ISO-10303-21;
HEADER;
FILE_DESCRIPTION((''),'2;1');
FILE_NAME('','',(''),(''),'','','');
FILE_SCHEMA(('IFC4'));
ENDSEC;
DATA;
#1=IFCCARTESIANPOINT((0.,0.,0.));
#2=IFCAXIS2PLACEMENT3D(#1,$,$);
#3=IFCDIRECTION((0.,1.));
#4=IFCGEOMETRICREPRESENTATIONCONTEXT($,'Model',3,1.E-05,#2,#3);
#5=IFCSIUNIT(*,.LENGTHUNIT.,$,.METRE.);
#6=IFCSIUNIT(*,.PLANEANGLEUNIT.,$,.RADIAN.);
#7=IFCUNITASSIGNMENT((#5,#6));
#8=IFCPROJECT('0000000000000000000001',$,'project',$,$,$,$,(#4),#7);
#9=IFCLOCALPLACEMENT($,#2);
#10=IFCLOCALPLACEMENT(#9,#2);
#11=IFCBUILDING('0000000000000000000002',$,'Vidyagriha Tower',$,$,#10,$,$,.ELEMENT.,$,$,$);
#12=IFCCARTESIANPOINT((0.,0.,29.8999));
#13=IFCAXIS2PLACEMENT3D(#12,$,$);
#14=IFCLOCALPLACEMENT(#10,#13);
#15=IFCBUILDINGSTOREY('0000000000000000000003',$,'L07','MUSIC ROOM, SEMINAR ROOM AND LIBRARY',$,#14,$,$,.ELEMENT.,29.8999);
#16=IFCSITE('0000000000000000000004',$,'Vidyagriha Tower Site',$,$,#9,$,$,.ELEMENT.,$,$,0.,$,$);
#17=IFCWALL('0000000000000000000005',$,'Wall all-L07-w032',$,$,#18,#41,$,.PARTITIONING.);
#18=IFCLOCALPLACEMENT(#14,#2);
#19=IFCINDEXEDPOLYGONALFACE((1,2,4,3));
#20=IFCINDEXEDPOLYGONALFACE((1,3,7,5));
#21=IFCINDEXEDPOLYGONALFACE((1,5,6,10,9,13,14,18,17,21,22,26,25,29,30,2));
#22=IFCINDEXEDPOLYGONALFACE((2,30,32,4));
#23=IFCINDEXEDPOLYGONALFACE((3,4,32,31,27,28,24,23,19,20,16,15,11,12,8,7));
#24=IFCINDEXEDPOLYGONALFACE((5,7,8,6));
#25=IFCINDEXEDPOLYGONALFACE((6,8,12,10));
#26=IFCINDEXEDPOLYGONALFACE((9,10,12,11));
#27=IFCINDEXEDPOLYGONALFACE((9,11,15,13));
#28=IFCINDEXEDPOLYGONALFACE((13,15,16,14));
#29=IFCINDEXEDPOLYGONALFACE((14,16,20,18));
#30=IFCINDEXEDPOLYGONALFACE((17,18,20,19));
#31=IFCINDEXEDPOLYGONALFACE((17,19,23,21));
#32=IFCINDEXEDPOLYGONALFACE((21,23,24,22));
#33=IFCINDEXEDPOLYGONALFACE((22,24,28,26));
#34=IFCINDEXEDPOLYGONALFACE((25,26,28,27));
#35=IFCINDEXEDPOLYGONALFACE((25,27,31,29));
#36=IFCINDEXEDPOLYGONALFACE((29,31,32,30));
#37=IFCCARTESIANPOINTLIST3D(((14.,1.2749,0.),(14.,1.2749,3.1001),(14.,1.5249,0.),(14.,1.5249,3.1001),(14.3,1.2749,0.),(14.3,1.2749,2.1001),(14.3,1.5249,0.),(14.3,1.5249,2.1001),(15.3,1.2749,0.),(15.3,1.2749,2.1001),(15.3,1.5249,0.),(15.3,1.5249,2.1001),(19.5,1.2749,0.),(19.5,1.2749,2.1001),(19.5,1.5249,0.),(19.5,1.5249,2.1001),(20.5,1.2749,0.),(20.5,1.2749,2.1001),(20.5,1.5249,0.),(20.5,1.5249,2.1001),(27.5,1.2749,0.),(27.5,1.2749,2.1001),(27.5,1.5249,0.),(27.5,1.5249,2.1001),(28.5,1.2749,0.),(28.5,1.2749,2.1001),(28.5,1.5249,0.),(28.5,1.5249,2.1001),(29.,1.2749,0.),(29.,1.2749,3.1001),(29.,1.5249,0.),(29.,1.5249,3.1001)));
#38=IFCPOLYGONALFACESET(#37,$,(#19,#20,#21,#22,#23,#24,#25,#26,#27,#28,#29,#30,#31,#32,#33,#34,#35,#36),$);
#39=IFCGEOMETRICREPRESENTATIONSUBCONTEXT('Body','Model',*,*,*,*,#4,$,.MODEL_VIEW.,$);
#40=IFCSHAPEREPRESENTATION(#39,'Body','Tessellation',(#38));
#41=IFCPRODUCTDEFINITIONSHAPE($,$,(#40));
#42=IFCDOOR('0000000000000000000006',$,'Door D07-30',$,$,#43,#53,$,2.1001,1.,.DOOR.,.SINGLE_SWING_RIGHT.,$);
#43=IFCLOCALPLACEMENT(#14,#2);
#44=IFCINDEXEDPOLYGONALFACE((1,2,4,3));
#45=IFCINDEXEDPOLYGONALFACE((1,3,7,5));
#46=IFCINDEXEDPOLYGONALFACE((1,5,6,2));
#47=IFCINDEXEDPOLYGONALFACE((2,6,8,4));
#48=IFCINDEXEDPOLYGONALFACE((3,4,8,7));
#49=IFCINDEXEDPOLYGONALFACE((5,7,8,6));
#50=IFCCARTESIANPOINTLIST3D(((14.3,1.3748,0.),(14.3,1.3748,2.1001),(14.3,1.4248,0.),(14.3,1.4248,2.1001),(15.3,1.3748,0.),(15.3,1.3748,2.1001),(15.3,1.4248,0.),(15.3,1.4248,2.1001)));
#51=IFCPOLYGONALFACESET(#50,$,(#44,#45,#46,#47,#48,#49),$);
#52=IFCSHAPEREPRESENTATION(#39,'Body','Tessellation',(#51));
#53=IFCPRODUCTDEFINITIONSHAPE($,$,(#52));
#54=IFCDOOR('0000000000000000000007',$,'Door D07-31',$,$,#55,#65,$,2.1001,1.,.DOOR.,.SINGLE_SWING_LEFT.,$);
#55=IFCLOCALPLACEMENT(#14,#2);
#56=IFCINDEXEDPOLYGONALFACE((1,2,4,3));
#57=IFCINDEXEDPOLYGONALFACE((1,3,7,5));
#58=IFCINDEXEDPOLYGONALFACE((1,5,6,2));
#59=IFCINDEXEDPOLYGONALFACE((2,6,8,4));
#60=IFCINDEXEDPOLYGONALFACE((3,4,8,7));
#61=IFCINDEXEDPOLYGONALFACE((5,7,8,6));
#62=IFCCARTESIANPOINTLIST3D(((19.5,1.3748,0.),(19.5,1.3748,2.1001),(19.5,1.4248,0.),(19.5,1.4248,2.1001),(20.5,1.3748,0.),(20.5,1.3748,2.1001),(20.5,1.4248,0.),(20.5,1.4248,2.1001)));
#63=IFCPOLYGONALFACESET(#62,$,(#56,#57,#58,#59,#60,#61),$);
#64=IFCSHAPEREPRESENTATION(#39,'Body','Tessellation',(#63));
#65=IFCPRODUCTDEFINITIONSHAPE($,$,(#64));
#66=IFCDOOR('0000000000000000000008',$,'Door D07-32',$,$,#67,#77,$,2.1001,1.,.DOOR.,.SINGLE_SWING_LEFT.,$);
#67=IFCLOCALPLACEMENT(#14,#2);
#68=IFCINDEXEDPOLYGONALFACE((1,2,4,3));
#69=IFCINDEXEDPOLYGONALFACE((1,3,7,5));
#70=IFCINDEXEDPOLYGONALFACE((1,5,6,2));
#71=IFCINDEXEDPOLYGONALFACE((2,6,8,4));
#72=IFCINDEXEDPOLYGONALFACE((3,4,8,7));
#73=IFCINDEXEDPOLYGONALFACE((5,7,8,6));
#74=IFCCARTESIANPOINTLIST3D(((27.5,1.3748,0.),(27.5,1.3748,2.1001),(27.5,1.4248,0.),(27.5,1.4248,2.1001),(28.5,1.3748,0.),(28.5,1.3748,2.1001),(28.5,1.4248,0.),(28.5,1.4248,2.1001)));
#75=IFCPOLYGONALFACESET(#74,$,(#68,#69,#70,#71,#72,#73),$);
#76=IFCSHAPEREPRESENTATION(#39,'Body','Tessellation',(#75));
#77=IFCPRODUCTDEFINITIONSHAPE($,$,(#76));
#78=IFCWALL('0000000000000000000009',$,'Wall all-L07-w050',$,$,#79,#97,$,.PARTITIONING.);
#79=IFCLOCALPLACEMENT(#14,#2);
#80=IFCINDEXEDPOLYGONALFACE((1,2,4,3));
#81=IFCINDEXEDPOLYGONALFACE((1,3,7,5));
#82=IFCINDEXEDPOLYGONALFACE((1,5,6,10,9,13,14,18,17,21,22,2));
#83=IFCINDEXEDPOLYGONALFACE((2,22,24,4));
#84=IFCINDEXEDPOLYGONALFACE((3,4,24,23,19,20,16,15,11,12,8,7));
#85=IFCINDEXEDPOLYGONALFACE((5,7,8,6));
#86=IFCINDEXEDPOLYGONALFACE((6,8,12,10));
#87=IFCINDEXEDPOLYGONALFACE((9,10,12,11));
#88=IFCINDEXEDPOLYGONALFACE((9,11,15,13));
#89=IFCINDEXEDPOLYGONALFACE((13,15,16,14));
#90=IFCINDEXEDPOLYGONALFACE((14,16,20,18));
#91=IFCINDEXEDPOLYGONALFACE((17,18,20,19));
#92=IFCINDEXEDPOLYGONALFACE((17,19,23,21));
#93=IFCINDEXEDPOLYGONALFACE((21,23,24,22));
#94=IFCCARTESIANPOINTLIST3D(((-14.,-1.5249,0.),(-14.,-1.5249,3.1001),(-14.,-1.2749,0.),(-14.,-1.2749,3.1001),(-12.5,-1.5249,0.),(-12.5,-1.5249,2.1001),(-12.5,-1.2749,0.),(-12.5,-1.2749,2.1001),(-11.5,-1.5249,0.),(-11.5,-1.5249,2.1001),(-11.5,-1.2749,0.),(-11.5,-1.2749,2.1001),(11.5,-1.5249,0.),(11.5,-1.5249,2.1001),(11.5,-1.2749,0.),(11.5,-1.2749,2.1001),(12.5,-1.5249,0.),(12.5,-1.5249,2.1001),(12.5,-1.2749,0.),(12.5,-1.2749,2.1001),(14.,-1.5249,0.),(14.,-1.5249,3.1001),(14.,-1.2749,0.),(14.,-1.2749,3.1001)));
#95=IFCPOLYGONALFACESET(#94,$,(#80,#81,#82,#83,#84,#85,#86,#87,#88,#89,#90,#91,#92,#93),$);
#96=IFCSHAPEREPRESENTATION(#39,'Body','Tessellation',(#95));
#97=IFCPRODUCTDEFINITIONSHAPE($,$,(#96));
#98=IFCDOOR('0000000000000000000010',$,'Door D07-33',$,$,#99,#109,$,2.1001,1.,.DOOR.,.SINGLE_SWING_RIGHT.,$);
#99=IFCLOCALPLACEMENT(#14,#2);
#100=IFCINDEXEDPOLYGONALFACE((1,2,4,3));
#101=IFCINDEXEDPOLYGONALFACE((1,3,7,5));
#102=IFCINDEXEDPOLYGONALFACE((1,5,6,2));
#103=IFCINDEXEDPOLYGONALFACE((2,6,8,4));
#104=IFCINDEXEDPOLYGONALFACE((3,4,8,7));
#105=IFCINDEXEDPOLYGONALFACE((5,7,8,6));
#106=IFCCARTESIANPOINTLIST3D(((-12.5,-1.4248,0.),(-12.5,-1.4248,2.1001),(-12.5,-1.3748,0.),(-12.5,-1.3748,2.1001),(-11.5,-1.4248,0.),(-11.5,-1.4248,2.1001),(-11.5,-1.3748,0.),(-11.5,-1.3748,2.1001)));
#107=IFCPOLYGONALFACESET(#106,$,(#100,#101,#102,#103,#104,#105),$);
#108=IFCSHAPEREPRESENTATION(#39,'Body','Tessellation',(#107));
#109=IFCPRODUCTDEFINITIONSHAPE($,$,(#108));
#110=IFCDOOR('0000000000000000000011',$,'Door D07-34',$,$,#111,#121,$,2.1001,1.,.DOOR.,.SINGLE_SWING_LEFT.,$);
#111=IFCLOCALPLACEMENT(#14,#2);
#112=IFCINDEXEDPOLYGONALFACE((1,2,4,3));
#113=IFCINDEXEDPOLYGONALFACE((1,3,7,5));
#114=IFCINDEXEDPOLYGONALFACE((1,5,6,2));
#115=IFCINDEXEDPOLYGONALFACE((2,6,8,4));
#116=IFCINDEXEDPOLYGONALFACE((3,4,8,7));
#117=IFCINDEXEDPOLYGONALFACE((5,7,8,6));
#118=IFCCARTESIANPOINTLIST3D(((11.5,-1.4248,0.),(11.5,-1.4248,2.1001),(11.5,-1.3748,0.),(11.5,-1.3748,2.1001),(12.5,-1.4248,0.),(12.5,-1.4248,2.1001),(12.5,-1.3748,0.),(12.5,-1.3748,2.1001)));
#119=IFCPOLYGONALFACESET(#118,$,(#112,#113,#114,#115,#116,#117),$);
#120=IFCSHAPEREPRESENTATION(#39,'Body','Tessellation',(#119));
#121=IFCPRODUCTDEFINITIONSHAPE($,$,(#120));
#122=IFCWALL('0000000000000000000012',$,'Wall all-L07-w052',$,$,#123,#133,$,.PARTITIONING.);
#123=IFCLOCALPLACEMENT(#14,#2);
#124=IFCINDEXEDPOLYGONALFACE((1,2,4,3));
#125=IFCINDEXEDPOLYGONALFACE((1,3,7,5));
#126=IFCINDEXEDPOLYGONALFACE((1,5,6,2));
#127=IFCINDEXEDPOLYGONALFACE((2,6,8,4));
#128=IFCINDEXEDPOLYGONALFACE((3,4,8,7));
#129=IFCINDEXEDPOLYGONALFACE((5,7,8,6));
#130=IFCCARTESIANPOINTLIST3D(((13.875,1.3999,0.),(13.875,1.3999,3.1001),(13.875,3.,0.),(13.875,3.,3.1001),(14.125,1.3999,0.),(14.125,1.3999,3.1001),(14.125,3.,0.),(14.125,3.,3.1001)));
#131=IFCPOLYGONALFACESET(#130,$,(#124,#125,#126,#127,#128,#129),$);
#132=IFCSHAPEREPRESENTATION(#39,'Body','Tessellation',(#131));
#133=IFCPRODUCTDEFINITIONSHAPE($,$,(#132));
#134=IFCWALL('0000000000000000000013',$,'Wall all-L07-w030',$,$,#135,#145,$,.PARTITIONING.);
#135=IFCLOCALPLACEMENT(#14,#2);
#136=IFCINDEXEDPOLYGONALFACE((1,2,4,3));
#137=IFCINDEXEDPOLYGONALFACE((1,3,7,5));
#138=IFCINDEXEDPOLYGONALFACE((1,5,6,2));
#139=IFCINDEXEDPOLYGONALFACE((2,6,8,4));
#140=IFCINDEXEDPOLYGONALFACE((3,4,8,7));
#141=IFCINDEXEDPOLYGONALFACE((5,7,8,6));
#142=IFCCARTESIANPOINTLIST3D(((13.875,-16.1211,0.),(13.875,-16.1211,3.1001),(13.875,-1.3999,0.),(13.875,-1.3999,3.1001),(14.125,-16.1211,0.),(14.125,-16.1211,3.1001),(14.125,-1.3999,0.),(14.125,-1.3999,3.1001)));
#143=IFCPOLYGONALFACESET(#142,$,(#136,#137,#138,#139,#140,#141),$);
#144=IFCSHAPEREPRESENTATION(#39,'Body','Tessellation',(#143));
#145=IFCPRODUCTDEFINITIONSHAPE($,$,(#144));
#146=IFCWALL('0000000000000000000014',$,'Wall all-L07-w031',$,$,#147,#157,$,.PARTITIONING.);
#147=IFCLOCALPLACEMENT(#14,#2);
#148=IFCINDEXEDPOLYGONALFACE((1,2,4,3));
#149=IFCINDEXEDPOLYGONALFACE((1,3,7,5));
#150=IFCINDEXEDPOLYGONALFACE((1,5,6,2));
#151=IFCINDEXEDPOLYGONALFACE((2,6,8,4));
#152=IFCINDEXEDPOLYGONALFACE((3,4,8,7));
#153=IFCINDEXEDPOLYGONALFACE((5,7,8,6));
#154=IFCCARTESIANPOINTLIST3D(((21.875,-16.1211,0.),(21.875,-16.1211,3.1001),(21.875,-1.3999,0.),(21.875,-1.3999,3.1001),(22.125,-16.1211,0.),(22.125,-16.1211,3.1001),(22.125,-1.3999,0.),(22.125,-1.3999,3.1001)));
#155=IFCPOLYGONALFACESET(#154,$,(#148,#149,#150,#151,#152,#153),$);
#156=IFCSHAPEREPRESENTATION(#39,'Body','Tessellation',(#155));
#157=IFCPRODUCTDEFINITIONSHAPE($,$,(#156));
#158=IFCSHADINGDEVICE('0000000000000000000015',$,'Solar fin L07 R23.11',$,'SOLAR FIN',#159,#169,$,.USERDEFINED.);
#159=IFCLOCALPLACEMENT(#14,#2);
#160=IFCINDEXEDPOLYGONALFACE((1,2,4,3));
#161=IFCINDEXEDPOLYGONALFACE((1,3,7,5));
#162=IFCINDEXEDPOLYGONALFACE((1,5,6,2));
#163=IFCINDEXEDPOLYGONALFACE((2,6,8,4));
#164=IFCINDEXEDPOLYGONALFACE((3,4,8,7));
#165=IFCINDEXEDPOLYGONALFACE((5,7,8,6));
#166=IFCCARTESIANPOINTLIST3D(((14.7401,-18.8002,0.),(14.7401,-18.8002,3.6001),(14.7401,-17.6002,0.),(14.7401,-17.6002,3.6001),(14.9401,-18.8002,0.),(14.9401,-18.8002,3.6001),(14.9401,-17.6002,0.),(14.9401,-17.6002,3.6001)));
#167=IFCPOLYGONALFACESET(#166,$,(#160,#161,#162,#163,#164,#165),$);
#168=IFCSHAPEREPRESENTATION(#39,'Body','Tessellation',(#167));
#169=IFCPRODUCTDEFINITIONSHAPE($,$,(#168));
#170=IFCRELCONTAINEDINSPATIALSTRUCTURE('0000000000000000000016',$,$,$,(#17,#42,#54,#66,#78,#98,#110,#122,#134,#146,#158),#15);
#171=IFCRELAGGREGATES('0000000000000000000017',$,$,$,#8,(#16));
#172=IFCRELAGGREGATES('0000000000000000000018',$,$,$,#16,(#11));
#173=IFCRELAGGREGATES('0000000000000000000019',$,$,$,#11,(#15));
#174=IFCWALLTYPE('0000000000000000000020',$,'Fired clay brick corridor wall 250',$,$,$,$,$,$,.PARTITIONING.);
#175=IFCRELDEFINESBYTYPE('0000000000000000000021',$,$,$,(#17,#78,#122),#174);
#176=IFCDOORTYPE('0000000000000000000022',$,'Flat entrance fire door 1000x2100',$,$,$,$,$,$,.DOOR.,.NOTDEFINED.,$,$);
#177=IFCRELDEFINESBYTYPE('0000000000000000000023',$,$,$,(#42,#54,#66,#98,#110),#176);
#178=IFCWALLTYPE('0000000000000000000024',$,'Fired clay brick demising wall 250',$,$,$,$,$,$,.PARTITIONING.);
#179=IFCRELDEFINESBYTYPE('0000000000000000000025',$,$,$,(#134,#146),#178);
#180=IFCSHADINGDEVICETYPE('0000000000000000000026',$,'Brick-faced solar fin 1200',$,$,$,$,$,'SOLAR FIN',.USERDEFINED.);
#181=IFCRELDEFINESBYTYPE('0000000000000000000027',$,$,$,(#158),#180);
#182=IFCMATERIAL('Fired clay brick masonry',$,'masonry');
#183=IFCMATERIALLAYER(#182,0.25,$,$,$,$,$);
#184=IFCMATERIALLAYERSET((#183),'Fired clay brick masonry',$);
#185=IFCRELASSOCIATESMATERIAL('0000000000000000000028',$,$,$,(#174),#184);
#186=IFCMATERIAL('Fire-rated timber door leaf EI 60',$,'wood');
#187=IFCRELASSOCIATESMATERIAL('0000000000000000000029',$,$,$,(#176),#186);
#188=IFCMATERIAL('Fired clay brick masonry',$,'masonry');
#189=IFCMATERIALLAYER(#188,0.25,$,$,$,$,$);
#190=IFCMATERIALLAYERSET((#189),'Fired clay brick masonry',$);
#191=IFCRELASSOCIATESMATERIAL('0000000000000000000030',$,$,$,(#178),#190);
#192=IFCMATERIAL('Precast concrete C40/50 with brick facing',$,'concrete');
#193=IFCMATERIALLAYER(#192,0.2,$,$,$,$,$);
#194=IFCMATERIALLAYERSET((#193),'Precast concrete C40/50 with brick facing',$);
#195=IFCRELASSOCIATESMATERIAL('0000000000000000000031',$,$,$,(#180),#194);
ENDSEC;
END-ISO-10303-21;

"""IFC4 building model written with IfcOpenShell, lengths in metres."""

from ifc_helpers import new_model, si_unit, direction, frame, frame_2d, origin, place, context, subcontext, project, spatial, rectangle, extrude, material, layer, layer_set, type_object, element, fill, save


model = new_model("IFC4")

# Units and contexts
model_context = context("Model", 3, precision=1e-05, world=origin(), true_north=direction((0.0, 1.0)))
body_context = subcontext(model_context, "Body", "Model", "MODEL_VIEW")
ifc_project = project(units=[si_unit("LENGTHUNIT", "METRE"), si_unit("PLANEANGLEUNIT", "RADIAN")], contexts=[model_context])

# Site, building, storey
site_placement = place(None, origin())
site = spatial("IfcSite", under=ifc_project, at=site_placement, Name="Vidyagriha Tower Site", CompositionType="ELEMENT", RefElevation=0.0)
building_placement = place(site_placement, origin())
building = spatial("IfcBuilding", under=site, at=building_placement, Name="Vidyagriha Tower", CompositionType="ELEMENT")
storey_placement = place(building_placement, frame((0.0, 0.0, 29.8999)))
storey = spatial("IfcBuildingStorey", under=building, at=storey_placement, Name="L07", Description="MUSIC ROOM, SEMINAR ROOM AND LIBRARY", CompositionType="ELEMENT", Elevation=29.8999)

# Walls, openings, doors
ifc_material_1 = material(Name="Fired clay brick masonry", Category="masonry")
ifc_layer_1 = layer(ifc_material_1, 0.25)
ifc_layer_set_1 = layer_set([ifc_layer_1], Name="Fired clay brick masonry")
wall_type_1 = type_object("IfcWallType", Name="Fired clay brick corridor wall 250", PredefinedType="PARTITIONING", material=ifc_layer_set_1)
wall_1_placement = place(storey_placement, frame((14.0, 1.3999, 0.0)))
wall_1 = element("IfcWall", 1, at=wall_1_placement, inside=storey, type_object=wall_type_1, Name="Wall all-L07-w032", PredefinedType="PARTITIONING", context=body_context, shape_type="SweptSolid", body=[
    extrude(rectangle(XDim=15.0, YDim=0.25, at=frame_2d((7.5, 0.0))), origin(), (0.0, 0.0, 1.0), 3.1001),
])
opening_1_placement = place(wall_1_placement, frame((0.3, 0.0, 0.0)))
opening_1 = element("IfcOpeningElement", 2, at=opening_1_placement, cuts=wall_1, PredefinedType="OPENING", context=body_context, shape_type="SweptSolid", body=[
    extrude(rectangle(XDim=1.0, YDim=2.1001, at=frame_2d((0.5, 1.05))), frame((0.0, 0.135, 0.0), z_axis=(0.0, -1.0, 0.0), x_axis=(1.0, 0.0, 0.0)), (0.0, 0.0, 1.0), 0.27),
])
opening_2_placement = place(wall_1_placement, frame((5.5, 0.0, 0.0)))
opening_2 = element("IfcOpeningElement", 3, at=opening_2_placement, cuts=wall_1, PredefinedType="OPENING", context=body_context, shape_type="SweptSolid", body=[
    extrude(rectangle(XDim=1.0, YDim=2.1001, at=frame_2d((0.5, 1.05))), frame((0.0, 0.135, 0.0), z_axis=(0.0, -1.0, 0.0), x_axis=(1.0, 0.0, 0.0)), (0.0, 0.0, 1.0), 0.27),
])
opening_3_placement = place(wall_1_placement, frame((13.5, 0.0, 0.0)))
opening_3 = element("IfcOpeningElement", 4, at=opening_3_placement, cuts=wall_1, PredefinedType="OPENING", context=body_context, shape_type="SweptSolid", body=[
    extrude(rectangle(XDim=1.0, YDim=2.1001, at=frame_2d((0.5, 1.05))), frame((0.0, 0.135, 0.0), z_axis=(0.0, -1.0, 0.0), x_axis=(1.0, 0.0, 0.0)), (0.0, 0.0, 1.0), 0.27),
])
ifc_material_2 = material(Name="Fire-rated timber door leaf EI 60", Category="wood")
door_type = type_object("IfcDoorType", Name="Flat entrance fire door 1000x2100", OperationType="NOTDEFINED", PredefinedType="DOOR", material=ifc_material_2)
door_1_placement = place(opening_1_placement, origin())
door_1 = element("IfcDoor", 5, at=door_1_placement, inside=storey, type_object=door_type, Name="Door D07-30", OperationType="SINGLE_SWING_RIGHT", OverallHeight=2.1001, OverallWidth=1.0, PredefinedType="DOOR", context=body_context, shape_type="SweptSolid", body=[
    extrude(rectangle(XDim=1.0, YDim=2.1001, at=frame_2d((0.5, 1.05))), frame((0.0, 0.0249, 0.0), z_axis=(0.0, -1.0, 0.0), x_axis=(1.0, 0.0, 0.0)), (0.0, 0.0, 1.0), 0.05),
])
fill(opening_1, door_1)
door_2_placement = place(opening_2_placement, origin())
door_2 = element("IfcDoor", 6, at=door_2_placement, inside=storey, type_object=door_type, Name="Door D07-31", OperationType="SINGLE_SWING_LEFT", OverallHeight=2.1001, OverallWidth=1.0, PredefinedType="DOOR", context=body_context, shape_type="SweptSolid", body=[
    extrude(rectangle(XDim=1.0, YDim=2.1001, at=frame_2d((0.5, 1.05))), frame((0.0, 0.0249, 0.0), z_axis=(0.0, -1.0, 0.0), x_axis=(1.0, 0.0, 0.0)), (0.0, 0.0, 1.0), 0.05),
])
fill(opening_2, door_2)
door_3_placement = place(opening_3_placement, origin())
door_3 = element("IfcDoor", 7, at=door_3_placement, inside=storey, type_object=door_type, Name="Door D07-32", OperationType="SINGLE_SWING_LEFT", OverallHeight=2.1001, OverallWidth=1.0, PredefinedType="DOOR", context=body_context, shape_type="SweptSolid", body=[
    extrude(rectangle(XDim=1.0, YDim=2.1001, at=frame_2d((0.5, 1.05))), frame((0.0, 0.0249, 0.0), z_axis=(0.0, -1.0, 0.0), x_axis=(1.0, 0.0, 0.0)), (0.0, 0.0, 1.0), 0.05),
])
fill(opening_3, door_3)
wall_2_placement = place(storey_placement, frame((14.0, -1.3999, 0.0), z_axis=(0.0, 0.0, 1.0), x_axis=(-1.0, 0.0, 0.0)))
wall_2 = element("IfcWall", 8, at=wall_2_placement, inside=storey, type_object=wall_type_1, Name="Wall all-L07-w050", PredefinedType="PARTITIONING", context=body_context, shape_type="SweptSolid", body=[
    extrude(rectangle(XDim=28.0, YDim=0.25, at=frame_2d((14.0, 0.0))), origin(), (0.0, 0.0, 1.0), 3.1001),
])
opening_4_placement = place(wall_2_placement, frame((25.5, 0.0, 0.0)))
opening_4 = element("IfcOpeningElement", 9, at=opening_4_placement, cuts=wall_2, PredefinedType="OPENING", context=body_context, shape_type="SweptSolid", body=[
    extrude(rectangle(XDim=1.0, YDim=2.1001, at=frame_2d((0.5, 1.05))), frame((0.0, 0.135, 0.0), z_axis=(0.0, -1.0, 0.0), x_axis=(1.0, 0.0, 0.0)), (0.0, 0.0, 1.0), 0.27),
])
opening_5_placement = place(wall_2_placement, frame((1.5, 0.0, 0.0)))
opening_5 = element("IfcOpeningElement", 10, at=opening_5_placement, cuts=wall_2, PredefinedType="OPENING", context=body_context, shape_type="SweptSolid", body=[
    extrude(rectangle(XDim=1.0, YDim=2.1001, at=frame_2d((0.5, 1.05))), frame((0.0, 0.135, 0.0), z_axis=(0.0, -1.0, 0.0), x_axis=(1.0, 0.0, 0.0)), (0.0, 0.0, 1.0), 0.27),
])
door_4_placement = place(opening_4_placement, origin())
door_4 = element("IfcDoor", 11, at=door_4_placement, inside=storey, type_object=door_type, Name="Door D07-33", OperationType="SINGLE_SWING_RIGHT", OverallHeight=2.1001, OverallWidth=1.0, PredefinedType="DOOR", context=body_context, shape_type="SweptSolid", body=[
    extrude(rectangle(XDim=1.0, YDim=2.1001, at=frame_2d((0.5, 1.05))), frame((0.0, 0.0249, 0.0), z_axis=(0.0, -1.0, 0.0), x_axis=(1.0, 0.0, 0.0)), (0.0, 0.0, 1.0), 0.05),
])
fill(opening_4, door_4)
door_5_placement = place(opening_5_placement, origin())
door_5 = element("IfcDoor", 12, at=door_5_placement, inside=storey, type_object=door_type, Name="Door D07-34", OperationType="SINGLE_SWING_LEFT", OverallHeight=2.1001, OverallWidth=1.0, PredefinedType="DOOR", context=body_context, shape_type="SweptSolid", body=[
    extrude(rectangle(XDim=1.0, YDim=2.1001, at=frame_2d((0.5, 1.05))), frame((0.0, 0.0249, 0.0), z_axis=(0.0, -1.0, 0.0), x_axis=(1.0, 0.0, 0.0)), (0.0, 0.0, 1.0), 0.05),
])
fill(opening_5, door_5)

# Walls
wall_3_placement = place(storey_placement, frame((14.0, 1.3999, 0.0), z_axis=(0.0, 0.0, 1.0), x_axis=(0.0, 1.0, 0.0)))
element("IfcWall", 13, at=wall_3_placement, inside=storey, type_object=wall_type_1, Name="Wall all-L07-w052", PredefinedType="PARTITIONING", context=body_context, shape_type="SweptSolid", body=[
    extrude(rectangle(XDim=1.6001, YDim=0.25, at=frame_2d((0.8, 0.0))), origin(), (0.0, 0.0, 1.0), 3.1001),
])
ifc_material_3 = material(Name="Fired clay brick masonry", Category="masonry")
ifc_layer_2 = layer(ifc_material_3, 0.25)
ifc_layer_set_2 = layer_set([ifc_layer_2], Name="Fired clay brick masonry")
wall_type_2 = type_object("IfcWallType", Name="Fired clay brick demising wall 250", PredefinedType="PARTITIONING", material=ifc_layer_set_2)
for number, where, z_axis, x_axis, name in (
    (14, (14.0, -1.3999, 0.0), (0.0, 0.0, 1.0), (0.0, -1.0, 0.0), "Wall all-L07-w030"),
    (15, (22.0, -1.3999, 0.0), (0.0, 0.0, 1.0), (0.0, -1.0, 0.0), "Wall all-L07-w031"),
):
    element("IfcWall", number, at=place(storey_placement, frame(where, z_axis=z_axis, x_axis=x_axis)), inside=storey, type_object=wall_type_2, Name=name, PredefinedType="PARTITIONING", context=body_context, shape_type="SweptSolid", body=[
        extrude(rectangle(XDim=14.7212, YDim=0.25, at=frame_2d((7.3606, 0.0))), origin(), (0.0, 0.0, 1.0), 3.1001),
    ])

# Shading device
ifc_material_4 = material(Name="Precast concrete C40/50 with brick facing", Category="concrete")
ifc_layer_3 = layer(ifc_material_4, 0.2)
ifc_layer_set_3 = layer_set([ifc_layer_3], Name="Precast concrete C40/50 with brick facing")
shading_device_type = type_object("IfcShadingDeviceType", Name="Brick-faced solar fin 1200", ElementType="SOLAR FIN", PredefinedType="USERDEFINED", material=ifc_layer_set_3)
for number, where, z_axis, x_axis, name in (
    (16, (14.8401, -17.6001, 0.0), (0.0, 0.0, 1.0), (0.0, -1.0, 0.0), "Solar fin L07 R23.11"),
):
    element("IfcShadingDevice", number, at=place(storey_placement, frame(where, z_axis=z_axis, x_axis=x_axis)), inside=storey, type_object=shading_device_type, Name=name, ObjectType="SOLAR FIN", PredefinedType="USERDEFINED", context=body_context, shape_type="SweptSolid", body=[
        extrude(rectangle(XDim=1.2, YDim=0.2, at=frame_2d((0.6001, 0.0))), origin(), (0.0, 0.0, 1.0), 3.6001),
    ])

save(model, "model.ifc")
